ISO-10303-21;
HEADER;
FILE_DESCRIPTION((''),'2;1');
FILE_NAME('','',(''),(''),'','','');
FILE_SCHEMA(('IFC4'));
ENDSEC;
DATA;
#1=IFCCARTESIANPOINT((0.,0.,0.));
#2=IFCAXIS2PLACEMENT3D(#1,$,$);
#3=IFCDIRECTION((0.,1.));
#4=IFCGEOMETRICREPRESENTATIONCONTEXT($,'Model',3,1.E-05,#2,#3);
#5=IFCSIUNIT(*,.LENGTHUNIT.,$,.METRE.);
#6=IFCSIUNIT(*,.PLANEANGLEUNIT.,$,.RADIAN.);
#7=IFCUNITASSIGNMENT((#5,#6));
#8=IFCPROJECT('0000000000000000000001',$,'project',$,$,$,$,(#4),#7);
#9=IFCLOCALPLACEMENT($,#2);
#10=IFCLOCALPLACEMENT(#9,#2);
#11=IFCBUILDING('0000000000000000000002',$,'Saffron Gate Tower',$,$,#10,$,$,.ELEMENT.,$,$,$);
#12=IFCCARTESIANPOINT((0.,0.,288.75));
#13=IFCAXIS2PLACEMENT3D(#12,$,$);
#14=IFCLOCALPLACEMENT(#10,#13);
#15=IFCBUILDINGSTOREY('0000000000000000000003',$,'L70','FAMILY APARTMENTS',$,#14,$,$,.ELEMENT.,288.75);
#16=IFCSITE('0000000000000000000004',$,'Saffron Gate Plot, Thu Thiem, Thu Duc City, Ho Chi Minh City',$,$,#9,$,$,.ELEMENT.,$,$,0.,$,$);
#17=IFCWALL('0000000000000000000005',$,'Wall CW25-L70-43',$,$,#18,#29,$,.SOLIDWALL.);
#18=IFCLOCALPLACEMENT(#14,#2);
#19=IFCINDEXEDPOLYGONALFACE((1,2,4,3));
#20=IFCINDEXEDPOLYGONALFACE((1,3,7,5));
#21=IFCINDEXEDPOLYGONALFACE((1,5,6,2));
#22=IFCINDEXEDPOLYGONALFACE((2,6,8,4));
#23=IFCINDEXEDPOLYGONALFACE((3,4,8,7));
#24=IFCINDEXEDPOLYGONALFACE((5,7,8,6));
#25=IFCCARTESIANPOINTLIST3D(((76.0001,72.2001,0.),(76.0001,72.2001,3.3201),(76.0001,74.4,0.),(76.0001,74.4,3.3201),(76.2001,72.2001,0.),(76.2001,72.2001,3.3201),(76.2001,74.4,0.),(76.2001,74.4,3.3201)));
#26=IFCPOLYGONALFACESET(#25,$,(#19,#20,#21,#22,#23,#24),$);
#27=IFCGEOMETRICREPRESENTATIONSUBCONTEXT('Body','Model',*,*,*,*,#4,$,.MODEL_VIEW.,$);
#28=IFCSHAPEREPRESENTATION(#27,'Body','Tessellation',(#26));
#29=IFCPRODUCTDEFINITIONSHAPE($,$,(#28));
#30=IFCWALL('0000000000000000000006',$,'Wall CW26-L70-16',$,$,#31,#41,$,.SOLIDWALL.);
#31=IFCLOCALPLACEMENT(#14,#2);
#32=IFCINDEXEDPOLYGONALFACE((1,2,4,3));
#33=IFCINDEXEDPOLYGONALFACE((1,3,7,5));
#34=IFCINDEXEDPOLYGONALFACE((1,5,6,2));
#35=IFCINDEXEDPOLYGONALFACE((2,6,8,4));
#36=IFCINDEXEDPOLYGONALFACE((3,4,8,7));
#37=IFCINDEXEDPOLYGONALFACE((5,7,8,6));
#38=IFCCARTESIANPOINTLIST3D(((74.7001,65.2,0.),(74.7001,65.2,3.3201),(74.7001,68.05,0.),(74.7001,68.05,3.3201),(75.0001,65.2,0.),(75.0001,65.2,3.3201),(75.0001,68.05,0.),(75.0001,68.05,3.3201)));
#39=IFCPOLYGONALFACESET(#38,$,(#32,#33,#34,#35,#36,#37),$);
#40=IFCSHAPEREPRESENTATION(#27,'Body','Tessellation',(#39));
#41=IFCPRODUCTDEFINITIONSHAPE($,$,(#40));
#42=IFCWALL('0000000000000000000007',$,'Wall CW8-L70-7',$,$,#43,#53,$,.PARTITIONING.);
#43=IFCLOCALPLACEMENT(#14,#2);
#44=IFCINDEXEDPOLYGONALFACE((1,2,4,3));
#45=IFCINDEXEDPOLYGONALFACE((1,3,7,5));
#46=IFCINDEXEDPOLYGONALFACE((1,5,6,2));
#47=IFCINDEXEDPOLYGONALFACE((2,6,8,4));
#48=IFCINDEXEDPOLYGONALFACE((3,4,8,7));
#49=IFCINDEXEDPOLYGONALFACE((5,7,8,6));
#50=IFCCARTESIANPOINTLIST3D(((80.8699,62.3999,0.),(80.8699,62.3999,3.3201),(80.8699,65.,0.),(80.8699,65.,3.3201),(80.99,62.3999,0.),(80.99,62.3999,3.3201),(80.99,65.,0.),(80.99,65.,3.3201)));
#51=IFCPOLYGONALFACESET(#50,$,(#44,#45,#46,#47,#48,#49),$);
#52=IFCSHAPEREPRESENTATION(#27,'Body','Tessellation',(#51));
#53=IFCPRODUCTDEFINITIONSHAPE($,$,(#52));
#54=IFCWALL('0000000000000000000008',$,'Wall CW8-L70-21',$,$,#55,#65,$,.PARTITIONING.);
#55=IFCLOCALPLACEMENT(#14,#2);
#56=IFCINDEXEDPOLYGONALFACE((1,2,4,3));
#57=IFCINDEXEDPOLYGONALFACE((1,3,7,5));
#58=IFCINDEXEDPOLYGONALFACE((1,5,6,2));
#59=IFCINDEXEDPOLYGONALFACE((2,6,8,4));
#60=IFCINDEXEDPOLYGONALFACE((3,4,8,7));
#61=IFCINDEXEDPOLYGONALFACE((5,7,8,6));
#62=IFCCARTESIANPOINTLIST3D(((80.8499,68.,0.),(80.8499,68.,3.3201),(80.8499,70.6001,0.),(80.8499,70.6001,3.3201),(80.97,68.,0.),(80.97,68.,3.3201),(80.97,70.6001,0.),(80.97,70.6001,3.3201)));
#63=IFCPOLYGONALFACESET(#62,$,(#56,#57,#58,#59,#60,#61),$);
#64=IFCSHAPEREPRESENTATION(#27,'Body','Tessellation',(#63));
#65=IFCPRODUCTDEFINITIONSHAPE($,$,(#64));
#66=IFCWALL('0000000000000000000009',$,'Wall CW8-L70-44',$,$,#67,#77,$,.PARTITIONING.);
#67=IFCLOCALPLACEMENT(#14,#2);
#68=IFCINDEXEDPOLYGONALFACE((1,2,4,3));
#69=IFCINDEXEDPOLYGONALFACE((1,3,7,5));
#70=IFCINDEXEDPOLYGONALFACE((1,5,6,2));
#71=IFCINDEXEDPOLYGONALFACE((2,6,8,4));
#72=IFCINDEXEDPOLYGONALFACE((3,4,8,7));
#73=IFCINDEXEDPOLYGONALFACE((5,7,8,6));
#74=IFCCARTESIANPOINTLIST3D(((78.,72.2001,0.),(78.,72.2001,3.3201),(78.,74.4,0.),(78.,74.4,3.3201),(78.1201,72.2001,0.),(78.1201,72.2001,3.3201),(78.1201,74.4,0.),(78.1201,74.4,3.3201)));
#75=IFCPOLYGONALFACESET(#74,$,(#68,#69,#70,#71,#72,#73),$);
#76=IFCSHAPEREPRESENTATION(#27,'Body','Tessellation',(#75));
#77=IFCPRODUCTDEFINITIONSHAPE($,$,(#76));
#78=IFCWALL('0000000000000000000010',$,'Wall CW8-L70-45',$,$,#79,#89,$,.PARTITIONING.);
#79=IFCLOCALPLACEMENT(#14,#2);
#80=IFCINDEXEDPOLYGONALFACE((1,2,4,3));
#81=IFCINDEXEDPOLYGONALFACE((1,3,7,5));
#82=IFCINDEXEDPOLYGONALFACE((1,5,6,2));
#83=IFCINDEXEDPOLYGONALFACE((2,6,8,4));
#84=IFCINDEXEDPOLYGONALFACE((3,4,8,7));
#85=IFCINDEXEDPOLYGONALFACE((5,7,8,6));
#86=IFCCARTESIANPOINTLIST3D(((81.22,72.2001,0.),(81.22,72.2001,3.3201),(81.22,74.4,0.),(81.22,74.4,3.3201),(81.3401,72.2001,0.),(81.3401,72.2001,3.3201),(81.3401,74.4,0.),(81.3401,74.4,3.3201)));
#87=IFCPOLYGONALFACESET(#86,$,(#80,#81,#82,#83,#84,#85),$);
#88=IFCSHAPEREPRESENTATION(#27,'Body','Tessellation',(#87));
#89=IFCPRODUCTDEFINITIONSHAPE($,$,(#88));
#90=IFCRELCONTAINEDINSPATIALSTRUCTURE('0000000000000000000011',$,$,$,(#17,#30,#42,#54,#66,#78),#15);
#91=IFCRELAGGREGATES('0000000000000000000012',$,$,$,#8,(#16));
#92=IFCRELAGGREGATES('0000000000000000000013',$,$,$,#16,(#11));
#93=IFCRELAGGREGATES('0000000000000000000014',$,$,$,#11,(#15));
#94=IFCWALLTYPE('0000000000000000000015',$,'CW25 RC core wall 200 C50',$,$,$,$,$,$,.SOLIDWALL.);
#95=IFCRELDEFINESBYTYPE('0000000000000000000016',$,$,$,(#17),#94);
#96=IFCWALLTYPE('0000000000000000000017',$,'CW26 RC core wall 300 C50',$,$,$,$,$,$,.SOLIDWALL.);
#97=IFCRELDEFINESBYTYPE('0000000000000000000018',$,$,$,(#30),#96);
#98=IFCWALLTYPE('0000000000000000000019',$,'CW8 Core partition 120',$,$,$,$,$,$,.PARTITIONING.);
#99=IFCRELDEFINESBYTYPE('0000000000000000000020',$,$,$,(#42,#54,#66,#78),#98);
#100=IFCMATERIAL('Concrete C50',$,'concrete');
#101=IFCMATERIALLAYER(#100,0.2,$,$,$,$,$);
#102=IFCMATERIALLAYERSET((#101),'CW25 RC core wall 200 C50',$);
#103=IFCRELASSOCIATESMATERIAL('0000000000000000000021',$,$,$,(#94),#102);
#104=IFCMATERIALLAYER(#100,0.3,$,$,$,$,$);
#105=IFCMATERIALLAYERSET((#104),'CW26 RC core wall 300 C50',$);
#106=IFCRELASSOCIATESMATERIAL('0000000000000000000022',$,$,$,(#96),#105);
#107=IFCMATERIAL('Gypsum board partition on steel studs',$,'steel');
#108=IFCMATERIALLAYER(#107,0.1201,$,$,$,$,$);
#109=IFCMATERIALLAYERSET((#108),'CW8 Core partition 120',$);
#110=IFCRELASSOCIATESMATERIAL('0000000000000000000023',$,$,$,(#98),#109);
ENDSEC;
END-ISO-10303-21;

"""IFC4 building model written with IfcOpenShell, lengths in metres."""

from ifc_helpers import new_model, si_unit, direction, frame, frame_2d, origin, place, context, subcontext, project, spatial, rectangle, extrude, material, layer, layer_set, type_object, element, save


model = new_model("IFC4")

# Units and contexts
model_context = context("Model", 3, precision=1e-05, world=origin(), true_north=direction((0.0, 1.0)))
body_context = subcontext(model_context, "Body", "Model", "MODEL_VIEW")
ifc_project = project(units=[si_unit("LENGTHUNIT", "METRE"), si_unit("PLANEANGLEUNIT", "RADIAN")], contexts=[model_context])

# Site, building, storey
site_placement = place(None, origin())
site = spatial("IfcSite", under=ifc_project, at=site_placement, Name="Saffron Gate Plot, Thu Thiem, Thu Duc City, Ho Chi Minh City", CompositionType="ELEMENT", RefElevation=0.0)
building_placement = place(site_placement, origin())
building = spatial("IfcBuilding", under=site, at=building_placement, Name="Saffron Gate Tower", CompositionType="ELEMENT")
storey_placement = place(building_placement, frame((0.0, 0.0, 288.75)))
storey = spatial("IfcBuildingStorey", under=building, at=storey_placement, Name="L70", Description="FAMILY APARTMENTS", CompositionType="ELEMENT", Elevation=288.75)

# Shared definitions
ifc_material_1 = material(Name="Concrete C50", Category="concrete")

# Shared definitions
ifc_layer_1 = layer(ifc_material_1, 0.2)
ifc_layer_set_1 = layer_set([ifc_layer_1], Name="CW25 RC core wall 200 C50")
wall_type_1 = type_object("IfcWallType", Name="CW25 RC core wall 200 C50", PredefinedType="SOLIDWALL", material=ifc_layer_set_1)

# Walls
wall_1_placement = place(storey_placement, frame((76.1001, 72.2, 0.0), z_axis=(0.0, 0.0, 1.0), x_axis=(0.0, 1.0, 0.0)))
element("IfcWall", 1, at=wall_1_placement, inside=storey, type_object=wall_type_1, Name="Wall CW25-L70-43", PredefinedType="SOLIDWALL", context=body_context, shape_type="SweptSolid", body=[
    extrude(rectangle(XDim=2.2, YDim=0.2, at=frame_2d((1.1001, 0.0))), origin(), (0.0, 0.0, 1.0), 3.3201),
])
ifc_layer_2 = layer(ifc_material_1, 0.3)
ifc_layer_set_2 = layer_set([ifc_layer_2], Name="CW26 RC core wall 300 C50")
wall_type_2 = type_object("IfcWallType", Name="CW26 RC core wall 300 C50", PredefinedType="SOLIDWALL", material=ifc_layer_set_2)
wall_2_placement = place(storey_placement, frame((74.8501, 65.2, 0.0), z_axis=(0.0, 0.0, 1.0), x_axis=(0.0, 1.0, 0.0)))
element("IfcWall", 2, at=wall_2_placement, inside=storey, type_object=wall_type_2, Name="Wall CW26-L70-16", PredefinedType="SOLIDWALL", context=body_context, shape_type="SweptSolid", body=[
    extrude(rectangle(XDim=2.8501, YDim=0.3, at=frame_2d((1.425, 0.0))), origin(), (0.0, 0.0, 1.0), 3.3201),
])
ifc_material_2 = material(Name="Gypsum board partition on steel studs", Category="steel")
ifc_layer_3 = layer(ifc_material_2, 0.1201)
ifc_layer_set_3 = layer_set([ifc_layer_3], Name="CW8 Core partition 120")
wall_type_3 = type_object("IfcWallType", Name="CW8 Core partition 120", PredefinedType="PARTITIONING", material=ifc_layer_set_3)
for number, where, z_axis, x_axis, name in (
    (3, (80.9299, 62.3999, 0.0), (0.0, 0.0, 1.0), (0.0, 1.0, 0.0), "Wall CW8-L70-7"),
    (4, (80.9099, 68.0, 0.0), (0.0, 0.0, 1.0), (0.0, 1.0, 0.0), "Wall CW8-L70-21"),
):
    element("IfcWall", number, at=place(storey_placement, frame(where, z_axis=z_axis, x_axis=x_axis)), inside=storey, type_object=wall_type_3, Name=name, PredefinedType="PARTITIONING", context=body_context, shape_type="SweptSolid", body=[
        extrude(rectangle(XDim=2.6001, YDim=0.1201, at=frame_2d((1.3, 0.0))), origin(), (0.0, 0.0, 1.0), 3.3201),
    ])
for number, where, z_axis, x_axis, name in (
    (5, (78.0601, 72.2, 0.0), (0.0, 0.0, 1.0), (0.0, 1.0, 0.0), "Wall CW8-L70-44"),
    (6, (81.28, 72.2, 0.0), (0.0, 0.0, 1.0), (0.0, 1.0, 0.0), "Wall CW8-L70-45"),
):
    element("IfcWall", number, at=place(storey_placement, frame(where, z_axis=z_axis, x_axis=x_axis)), inside=storey, type_object=wall_type_3, Name=name, PredefinedType="PARTITIONING", context=body_context, shape_type="SweptSolid", body=[
        extrude(rectangle(XDim=2.2, YDim=0.1201, at=frame_2d((1.1001, 0.0))), origin(), (0.0, 0.0, 1.0), 3.3201),
    ])

save(model, "model.ifc")
